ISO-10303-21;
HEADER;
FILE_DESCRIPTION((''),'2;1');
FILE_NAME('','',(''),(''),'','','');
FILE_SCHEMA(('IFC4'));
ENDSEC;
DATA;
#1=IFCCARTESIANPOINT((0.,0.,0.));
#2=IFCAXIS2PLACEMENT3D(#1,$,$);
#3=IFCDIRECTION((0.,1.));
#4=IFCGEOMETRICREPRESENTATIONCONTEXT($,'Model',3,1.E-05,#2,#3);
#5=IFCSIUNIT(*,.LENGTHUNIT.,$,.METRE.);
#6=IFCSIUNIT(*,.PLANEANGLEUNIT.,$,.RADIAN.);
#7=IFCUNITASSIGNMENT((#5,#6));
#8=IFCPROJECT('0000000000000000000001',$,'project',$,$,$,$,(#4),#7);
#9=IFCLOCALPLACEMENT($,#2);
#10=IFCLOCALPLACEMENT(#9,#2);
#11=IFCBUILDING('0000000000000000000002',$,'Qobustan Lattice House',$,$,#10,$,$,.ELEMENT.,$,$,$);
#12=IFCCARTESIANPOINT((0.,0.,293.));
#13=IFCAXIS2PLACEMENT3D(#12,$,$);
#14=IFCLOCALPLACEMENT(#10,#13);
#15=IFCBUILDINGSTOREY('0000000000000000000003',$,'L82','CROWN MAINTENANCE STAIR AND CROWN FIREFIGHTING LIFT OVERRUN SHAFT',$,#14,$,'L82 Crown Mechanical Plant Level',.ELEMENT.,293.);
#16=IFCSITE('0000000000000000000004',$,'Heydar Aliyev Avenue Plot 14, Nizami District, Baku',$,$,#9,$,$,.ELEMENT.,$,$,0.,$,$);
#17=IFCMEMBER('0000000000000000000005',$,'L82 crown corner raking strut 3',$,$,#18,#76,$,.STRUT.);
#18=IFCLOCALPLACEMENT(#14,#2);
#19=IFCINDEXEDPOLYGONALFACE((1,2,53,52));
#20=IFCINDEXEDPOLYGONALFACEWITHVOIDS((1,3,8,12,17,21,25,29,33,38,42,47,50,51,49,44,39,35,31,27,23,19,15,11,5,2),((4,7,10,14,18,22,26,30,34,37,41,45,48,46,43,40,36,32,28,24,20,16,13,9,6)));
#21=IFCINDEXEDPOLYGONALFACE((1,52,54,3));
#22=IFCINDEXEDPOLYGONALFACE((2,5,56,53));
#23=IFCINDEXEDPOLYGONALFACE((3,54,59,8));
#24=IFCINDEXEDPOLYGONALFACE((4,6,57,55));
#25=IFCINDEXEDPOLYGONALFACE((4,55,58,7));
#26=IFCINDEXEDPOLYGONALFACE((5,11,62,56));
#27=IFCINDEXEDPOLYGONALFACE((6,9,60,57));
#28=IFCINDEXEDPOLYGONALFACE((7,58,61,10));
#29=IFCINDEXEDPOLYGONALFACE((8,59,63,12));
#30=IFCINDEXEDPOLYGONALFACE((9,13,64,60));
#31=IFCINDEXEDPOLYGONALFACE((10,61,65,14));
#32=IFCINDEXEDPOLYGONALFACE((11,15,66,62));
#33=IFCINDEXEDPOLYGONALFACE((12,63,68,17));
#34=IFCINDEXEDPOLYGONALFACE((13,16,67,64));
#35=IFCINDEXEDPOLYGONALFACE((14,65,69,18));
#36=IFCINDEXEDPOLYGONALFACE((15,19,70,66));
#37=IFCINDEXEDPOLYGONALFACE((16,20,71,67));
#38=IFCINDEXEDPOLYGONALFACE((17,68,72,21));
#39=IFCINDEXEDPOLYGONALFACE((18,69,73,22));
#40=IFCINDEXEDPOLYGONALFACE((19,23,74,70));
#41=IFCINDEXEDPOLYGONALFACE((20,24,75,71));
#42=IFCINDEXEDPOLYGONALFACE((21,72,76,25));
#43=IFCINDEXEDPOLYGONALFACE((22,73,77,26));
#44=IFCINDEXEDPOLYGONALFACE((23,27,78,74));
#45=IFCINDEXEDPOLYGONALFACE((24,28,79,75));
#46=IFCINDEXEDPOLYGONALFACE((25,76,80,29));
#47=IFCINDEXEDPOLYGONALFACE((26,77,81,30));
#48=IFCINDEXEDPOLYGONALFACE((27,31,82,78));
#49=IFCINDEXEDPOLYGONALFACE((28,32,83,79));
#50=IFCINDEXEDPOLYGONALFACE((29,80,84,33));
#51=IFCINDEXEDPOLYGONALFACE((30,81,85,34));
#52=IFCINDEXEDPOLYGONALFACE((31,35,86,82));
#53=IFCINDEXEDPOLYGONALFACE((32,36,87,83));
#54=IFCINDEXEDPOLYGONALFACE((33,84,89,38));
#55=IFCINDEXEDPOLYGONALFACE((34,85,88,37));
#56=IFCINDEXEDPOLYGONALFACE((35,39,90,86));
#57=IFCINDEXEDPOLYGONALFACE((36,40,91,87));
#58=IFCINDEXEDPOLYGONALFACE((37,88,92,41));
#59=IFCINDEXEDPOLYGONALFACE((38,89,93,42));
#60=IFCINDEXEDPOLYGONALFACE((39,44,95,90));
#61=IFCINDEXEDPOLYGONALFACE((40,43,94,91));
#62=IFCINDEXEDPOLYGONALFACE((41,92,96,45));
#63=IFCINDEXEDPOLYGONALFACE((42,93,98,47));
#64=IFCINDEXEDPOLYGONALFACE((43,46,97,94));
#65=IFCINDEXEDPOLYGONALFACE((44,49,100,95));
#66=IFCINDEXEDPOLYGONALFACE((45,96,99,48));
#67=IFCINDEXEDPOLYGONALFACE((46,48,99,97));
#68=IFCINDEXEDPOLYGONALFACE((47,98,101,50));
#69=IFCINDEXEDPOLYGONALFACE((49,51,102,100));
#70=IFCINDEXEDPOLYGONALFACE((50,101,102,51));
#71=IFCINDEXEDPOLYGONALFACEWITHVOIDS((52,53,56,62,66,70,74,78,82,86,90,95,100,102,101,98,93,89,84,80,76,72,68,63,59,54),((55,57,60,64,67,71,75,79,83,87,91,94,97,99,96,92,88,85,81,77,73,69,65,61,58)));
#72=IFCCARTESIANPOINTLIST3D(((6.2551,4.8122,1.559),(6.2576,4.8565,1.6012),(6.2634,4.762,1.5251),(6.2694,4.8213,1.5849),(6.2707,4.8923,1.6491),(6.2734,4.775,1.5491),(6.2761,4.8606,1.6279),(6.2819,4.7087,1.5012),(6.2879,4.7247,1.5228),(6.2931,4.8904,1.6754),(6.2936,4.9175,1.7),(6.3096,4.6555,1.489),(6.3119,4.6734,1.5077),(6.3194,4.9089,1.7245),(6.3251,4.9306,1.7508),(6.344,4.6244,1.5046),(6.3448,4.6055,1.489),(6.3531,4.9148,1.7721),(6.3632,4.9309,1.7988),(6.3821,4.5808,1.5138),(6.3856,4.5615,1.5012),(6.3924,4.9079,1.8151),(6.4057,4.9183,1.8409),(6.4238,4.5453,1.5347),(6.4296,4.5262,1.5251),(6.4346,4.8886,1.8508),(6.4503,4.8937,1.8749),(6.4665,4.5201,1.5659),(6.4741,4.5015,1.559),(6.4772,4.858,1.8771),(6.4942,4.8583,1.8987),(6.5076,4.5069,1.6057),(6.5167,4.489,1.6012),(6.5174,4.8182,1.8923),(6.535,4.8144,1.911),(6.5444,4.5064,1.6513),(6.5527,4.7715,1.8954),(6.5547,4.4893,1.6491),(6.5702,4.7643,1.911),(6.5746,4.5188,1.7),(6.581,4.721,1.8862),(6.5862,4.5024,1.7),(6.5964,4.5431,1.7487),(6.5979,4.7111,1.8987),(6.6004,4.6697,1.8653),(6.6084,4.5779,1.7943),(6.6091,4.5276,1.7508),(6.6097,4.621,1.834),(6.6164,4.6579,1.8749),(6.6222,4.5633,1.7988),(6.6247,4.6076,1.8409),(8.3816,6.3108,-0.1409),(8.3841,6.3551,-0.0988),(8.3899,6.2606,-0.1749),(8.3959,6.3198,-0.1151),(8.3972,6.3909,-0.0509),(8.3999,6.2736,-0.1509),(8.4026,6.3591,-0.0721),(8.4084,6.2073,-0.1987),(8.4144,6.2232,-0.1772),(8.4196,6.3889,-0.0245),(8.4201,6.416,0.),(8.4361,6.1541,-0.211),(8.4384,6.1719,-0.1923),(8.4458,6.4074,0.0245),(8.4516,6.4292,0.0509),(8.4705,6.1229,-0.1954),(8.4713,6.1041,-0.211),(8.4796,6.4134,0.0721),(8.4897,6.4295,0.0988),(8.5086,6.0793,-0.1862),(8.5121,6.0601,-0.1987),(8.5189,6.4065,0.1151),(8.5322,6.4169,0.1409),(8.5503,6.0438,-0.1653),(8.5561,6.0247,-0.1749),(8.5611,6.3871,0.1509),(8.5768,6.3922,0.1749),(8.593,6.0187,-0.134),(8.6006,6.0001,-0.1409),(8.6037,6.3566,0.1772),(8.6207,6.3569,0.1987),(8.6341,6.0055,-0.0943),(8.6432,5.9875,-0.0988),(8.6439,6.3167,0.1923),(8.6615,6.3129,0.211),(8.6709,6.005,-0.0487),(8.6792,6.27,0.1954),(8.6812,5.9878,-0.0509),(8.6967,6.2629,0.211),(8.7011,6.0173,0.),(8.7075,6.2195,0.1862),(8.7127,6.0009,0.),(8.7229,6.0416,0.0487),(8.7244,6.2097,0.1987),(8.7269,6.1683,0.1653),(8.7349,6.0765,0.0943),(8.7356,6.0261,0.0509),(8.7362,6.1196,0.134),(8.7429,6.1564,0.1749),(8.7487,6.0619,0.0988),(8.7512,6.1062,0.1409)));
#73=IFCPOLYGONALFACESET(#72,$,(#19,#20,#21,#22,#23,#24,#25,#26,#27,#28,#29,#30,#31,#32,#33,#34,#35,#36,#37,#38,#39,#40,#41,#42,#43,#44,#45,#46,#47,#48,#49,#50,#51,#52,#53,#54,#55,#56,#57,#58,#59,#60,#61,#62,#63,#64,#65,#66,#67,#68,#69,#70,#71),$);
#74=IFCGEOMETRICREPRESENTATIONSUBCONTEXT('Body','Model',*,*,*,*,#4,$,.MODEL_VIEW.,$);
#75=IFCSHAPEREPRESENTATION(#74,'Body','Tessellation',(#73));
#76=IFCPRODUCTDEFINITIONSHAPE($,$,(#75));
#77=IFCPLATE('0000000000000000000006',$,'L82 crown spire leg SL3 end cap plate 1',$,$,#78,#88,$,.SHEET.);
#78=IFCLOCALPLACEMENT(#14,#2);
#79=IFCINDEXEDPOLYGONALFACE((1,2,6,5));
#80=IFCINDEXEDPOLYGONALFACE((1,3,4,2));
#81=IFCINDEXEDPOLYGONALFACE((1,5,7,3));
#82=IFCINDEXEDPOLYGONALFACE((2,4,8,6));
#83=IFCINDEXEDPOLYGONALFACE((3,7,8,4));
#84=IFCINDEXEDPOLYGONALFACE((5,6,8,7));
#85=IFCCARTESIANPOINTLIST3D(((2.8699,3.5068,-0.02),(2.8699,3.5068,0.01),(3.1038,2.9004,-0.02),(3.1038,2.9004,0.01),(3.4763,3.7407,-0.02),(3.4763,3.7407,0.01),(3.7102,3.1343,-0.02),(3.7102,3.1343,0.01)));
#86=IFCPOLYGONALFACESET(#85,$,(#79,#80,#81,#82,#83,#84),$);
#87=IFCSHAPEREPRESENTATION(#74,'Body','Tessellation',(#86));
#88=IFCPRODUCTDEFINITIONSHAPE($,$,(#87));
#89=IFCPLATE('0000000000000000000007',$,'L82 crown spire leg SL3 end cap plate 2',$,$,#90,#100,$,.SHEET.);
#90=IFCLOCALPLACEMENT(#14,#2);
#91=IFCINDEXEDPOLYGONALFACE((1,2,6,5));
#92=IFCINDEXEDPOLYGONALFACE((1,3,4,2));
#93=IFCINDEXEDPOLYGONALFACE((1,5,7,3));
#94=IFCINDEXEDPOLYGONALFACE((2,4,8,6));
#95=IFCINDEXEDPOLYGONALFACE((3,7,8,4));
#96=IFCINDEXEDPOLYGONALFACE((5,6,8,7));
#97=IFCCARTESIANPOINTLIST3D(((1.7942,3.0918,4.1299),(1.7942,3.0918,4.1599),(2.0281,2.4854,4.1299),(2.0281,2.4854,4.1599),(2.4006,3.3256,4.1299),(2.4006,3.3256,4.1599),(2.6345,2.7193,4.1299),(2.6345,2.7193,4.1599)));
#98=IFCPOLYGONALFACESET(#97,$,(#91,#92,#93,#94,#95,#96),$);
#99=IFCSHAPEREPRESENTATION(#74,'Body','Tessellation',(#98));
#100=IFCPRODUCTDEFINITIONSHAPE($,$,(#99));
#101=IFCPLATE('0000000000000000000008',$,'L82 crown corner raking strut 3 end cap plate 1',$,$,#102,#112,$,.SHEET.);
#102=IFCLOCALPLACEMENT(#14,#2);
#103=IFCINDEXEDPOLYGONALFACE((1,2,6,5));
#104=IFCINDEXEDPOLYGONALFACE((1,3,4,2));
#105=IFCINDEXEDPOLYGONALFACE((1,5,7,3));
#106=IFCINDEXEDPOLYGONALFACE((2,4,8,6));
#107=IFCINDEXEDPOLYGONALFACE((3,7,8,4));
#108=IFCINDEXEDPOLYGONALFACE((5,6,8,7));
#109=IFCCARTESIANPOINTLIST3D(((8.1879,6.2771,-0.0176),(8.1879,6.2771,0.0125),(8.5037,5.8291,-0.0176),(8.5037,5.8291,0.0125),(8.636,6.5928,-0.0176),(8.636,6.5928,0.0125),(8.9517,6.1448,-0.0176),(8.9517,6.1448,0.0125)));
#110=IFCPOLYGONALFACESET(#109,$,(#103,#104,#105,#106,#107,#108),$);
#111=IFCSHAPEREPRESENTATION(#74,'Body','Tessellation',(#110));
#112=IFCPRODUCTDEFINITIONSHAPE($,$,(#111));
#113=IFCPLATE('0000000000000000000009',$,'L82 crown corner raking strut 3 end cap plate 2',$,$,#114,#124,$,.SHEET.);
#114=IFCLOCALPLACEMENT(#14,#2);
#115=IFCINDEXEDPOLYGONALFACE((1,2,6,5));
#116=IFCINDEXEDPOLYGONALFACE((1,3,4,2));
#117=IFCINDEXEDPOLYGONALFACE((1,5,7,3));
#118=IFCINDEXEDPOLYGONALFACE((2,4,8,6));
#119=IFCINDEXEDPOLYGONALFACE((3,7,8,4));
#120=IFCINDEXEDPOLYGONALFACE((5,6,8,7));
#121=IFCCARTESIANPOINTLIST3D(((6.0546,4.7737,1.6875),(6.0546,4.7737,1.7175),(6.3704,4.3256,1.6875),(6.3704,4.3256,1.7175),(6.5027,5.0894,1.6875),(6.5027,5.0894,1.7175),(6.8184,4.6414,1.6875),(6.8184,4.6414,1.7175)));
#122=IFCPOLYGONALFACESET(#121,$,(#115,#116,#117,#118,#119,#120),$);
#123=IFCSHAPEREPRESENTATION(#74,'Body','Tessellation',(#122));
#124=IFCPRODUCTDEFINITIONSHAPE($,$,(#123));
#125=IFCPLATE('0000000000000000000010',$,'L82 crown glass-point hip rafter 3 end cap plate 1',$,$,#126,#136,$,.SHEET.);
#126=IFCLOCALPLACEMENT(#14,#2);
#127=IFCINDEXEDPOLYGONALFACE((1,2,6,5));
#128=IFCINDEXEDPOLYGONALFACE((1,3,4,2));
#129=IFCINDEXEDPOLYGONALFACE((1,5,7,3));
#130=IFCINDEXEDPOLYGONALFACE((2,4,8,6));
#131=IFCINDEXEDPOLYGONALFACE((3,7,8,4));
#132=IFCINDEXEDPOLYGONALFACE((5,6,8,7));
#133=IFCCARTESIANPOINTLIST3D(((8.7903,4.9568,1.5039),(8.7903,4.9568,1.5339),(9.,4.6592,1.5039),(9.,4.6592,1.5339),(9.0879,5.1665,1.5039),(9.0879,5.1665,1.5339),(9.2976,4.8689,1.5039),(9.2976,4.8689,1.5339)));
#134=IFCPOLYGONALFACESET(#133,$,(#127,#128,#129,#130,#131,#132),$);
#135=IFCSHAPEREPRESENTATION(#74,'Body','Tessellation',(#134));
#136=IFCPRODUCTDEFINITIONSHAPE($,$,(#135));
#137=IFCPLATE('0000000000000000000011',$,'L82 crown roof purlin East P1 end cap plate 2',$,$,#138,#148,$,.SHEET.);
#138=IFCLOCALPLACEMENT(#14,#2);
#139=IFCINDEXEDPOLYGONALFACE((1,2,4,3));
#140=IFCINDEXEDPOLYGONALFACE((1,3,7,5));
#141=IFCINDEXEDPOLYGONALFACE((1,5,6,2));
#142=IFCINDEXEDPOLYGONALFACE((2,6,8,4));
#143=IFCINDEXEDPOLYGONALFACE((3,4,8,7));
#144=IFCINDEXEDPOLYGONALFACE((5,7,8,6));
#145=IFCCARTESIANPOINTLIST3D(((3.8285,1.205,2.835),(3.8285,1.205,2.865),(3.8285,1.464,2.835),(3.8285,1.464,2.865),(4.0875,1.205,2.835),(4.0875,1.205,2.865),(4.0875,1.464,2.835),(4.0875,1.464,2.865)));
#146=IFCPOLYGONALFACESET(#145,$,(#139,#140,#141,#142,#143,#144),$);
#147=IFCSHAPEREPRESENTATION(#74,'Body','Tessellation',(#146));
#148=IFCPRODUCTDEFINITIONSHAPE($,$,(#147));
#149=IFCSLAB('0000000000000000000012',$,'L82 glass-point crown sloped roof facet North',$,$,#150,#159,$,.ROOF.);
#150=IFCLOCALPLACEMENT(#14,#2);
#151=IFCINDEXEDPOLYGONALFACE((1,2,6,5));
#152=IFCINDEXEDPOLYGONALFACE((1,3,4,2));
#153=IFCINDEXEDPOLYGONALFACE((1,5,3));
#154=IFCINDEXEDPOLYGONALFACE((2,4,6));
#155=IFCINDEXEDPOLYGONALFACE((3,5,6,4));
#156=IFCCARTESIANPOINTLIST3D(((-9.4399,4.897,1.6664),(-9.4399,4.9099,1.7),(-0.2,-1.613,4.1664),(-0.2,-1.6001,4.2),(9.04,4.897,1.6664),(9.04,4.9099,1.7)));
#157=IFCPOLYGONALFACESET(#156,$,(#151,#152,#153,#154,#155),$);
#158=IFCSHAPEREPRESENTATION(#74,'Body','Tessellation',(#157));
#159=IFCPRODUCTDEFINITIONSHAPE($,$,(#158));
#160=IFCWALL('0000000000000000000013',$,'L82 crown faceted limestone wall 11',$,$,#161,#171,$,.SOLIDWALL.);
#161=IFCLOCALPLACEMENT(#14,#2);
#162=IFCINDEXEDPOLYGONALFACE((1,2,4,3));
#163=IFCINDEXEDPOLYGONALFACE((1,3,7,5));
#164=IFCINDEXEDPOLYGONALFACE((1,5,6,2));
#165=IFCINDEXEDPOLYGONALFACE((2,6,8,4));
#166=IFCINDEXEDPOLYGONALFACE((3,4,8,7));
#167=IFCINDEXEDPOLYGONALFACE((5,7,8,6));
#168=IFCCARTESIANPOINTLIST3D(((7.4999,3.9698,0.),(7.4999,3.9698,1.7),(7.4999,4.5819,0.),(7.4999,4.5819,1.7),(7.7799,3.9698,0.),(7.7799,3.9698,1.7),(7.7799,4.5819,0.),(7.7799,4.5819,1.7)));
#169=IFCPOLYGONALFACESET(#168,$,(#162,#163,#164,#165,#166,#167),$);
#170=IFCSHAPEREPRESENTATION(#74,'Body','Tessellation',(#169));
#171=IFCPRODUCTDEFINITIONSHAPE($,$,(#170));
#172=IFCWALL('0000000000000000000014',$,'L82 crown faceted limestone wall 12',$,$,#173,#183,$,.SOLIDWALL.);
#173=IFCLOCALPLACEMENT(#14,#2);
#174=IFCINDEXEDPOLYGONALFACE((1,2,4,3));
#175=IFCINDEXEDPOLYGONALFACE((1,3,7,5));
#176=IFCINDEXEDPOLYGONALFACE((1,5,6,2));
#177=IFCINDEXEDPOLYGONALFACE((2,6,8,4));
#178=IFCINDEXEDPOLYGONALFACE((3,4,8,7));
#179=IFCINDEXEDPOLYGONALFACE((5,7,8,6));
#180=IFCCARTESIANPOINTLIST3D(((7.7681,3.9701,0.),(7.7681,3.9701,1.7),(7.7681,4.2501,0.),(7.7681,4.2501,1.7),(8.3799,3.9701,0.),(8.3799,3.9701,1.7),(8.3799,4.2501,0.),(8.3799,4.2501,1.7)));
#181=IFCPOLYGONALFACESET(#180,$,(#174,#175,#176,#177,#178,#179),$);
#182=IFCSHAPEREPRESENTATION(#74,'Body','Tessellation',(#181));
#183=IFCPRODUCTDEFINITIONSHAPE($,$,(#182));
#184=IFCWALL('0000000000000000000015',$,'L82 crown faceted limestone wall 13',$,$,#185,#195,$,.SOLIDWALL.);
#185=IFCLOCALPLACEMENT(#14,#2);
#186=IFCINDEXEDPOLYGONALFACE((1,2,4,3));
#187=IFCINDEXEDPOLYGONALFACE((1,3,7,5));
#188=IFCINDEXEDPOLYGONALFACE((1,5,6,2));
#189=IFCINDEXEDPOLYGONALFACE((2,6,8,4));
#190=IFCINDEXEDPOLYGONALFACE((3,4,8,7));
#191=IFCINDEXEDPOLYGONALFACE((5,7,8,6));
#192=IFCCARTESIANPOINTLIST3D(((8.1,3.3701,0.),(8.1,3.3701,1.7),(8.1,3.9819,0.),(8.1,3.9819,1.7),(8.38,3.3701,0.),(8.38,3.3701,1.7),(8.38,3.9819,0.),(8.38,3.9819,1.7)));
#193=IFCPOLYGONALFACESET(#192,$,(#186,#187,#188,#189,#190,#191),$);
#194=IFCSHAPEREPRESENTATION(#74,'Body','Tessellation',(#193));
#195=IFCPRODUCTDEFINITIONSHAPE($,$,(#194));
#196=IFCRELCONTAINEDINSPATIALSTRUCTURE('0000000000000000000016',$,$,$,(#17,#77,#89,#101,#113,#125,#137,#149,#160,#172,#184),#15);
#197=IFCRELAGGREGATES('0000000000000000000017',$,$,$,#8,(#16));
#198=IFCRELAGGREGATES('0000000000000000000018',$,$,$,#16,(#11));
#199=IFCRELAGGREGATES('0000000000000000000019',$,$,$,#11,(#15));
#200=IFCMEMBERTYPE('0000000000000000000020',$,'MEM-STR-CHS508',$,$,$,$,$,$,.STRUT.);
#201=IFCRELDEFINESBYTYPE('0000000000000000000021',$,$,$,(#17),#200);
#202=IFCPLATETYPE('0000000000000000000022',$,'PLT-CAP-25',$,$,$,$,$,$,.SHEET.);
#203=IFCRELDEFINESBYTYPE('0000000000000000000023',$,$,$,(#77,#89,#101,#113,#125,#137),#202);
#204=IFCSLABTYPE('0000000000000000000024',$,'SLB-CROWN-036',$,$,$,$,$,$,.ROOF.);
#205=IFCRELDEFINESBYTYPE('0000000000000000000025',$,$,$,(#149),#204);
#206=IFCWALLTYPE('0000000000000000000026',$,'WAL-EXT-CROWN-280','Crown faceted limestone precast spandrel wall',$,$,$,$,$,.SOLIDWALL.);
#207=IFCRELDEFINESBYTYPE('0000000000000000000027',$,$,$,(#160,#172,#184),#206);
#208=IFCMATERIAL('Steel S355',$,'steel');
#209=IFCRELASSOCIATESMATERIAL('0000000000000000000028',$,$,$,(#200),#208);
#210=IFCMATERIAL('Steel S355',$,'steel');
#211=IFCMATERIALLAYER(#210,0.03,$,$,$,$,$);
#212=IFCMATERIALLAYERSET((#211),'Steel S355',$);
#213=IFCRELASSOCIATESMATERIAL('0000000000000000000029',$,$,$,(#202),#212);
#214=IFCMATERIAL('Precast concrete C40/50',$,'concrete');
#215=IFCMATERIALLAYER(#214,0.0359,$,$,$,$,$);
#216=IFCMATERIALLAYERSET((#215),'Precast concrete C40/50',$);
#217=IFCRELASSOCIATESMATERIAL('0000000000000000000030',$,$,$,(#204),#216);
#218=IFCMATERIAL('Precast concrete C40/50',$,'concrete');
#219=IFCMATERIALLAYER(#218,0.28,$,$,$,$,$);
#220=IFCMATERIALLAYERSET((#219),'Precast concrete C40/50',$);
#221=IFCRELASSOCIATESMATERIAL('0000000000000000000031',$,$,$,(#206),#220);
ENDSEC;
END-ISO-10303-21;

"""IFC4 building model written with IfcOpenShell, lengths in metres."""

from ifc_helpers import new_model, si_unit, direction, frame, frame_2d, origin, origin_2d, place, context, subcontext, project, spatial, polyline, rectangle, hollow_circle, outline, extrude, material, layer, layer_set, material_profile, profile_set, type_object, element, save


model = new_model("IFC4")

# Units and contexts
model_context = context("Model", 3, precision=1e-05, world=origin(), true_north=direction((0.0, 1.0)))
body_context = subcontext(model_context, "Body", "Model", "MODEL_VIEW")
ifc_project = project(units=[si_unit("LENGTHUNIT", "METRE"), si_unit("PLANEANGLEUNIT", "RADIAN")], contexts=[model_context])

# Site, building, storey
site_placement = place(None, origin())
site = spatial("IfcSite", under=ifc_project, at=site_placement, Name="Heydar Aliyev Avenue Plot 14, Nizami District, Baku", CompositionType="ELEMENT", RefElevation=0.0)
building_placement = place(site_placement, origin())
building = spatial("IfcBuilding", under=site, at=building_placement, Name="Qobustan Lattice House", CompositionType="ELEMENT")
storey_placement = place(building_placement, frame((0.0, 0.0, 293.0)))
storey = spatial("IfcBuildingStorey", under=building, at=storey_placement, Name="L82", Description="CROWN MAINTENANCE STAIR AND CROWN FIREFIGHTING LIFT OVERRUN SHAFT", LongName="L82 Crown Mechanical Plant Level", CompositionType="ELEMENT", Elevation=293.0)

# Member
ifc_material_1 = material(Name="Steel S355", Category="steel")
ifc_material_profile_1 = material_profile(ifc_material_1, hollow_circle(Radius=0.2539, WallThickness=0.02, at=origin_2d()), Name="CHS508x20")
ifc_profile_set_1 = profile_set([ifc_material_profile_1], Name="Steel S355")
member_type_1 = type_object("IfcMemberType", Name="MEM-STR-CHS508", PredefinedType="STRUT", material=ifc_profile_set_1)
member_1_placement = place(storey_placement, frame((8.5664, 6.2085, 0.0), z_axis=(-0.684275, -0.482213, 0.547027), x_axis=(0.576042, -0.81742, 0.0)))
element("IfcMember", 1, at=member_1_placement, inside=storey, type_object=member_type_1, Name="L82 crown corner raking strut 3", PredefinedType="STRUT", context=body_context, shape_type="SweptSolid", body=[
    extrude(hollow_circle(Radius=0.2539, WallThickness=0.02, at=origin_2d()), origin(), (0.0, 0.0, 1.0), 3.1077),
])

# Plates
ifc_material_2 = material(Name="Steel S355", Category="steel")
ifc_layer_1 = layer(ifc_material_2, 0.03)
ifc_layer_set_1 = layer_set([ifc_layer_1], Name="Steel S355")
plate_type = type_object("IfcPlateType", Name="PLT-CAP-25", PredefinedType="SHEET", material=ifc_layer_set_1)
for number, where, z_axis, x_axis, name in (
    (2, (3.29, 3.3206, -0.02), (0.0, 0.0, 1.0), (-0.932998, -0.359883, 0.0), "L82 crown spire leg SL3 end cap plate 1"),
    (3, (2.2144, 2.9055, 4.1299), (0.0, 0.0, 1.0), (-0.932998, -0.359883, 0.0), "L82 crown spire leg SL3 end cap plate 2"),
):
    element("IfcPlate", number, at=place(storey_placement, frame(where, z_axis=z_axis, x_axis=x_axis)), inside=storey, type_object=plate_type, Name=name, PredefinedType="SHEET", context=body_context, shape_type="SweptSolid", body=[
        extrude(rectangle(XDim=0.6499, YDim=0.6499, at=origin_2d()), origin(), (0.0, 0.0, 1.0), 0.03),
    ])
for number, where, z_axis, x_axis, name in (
    (4, (8.5698, 6.2109, -0.0176), (0.0, 0.0, 1.0), (-0.817426, -0.576033, 0.0), "L82 crown corner raking strut 3 end cap plate 1"),
    (5, (6.4365, 4.7075, 1.6875), (0.0, 0.0, 1.0), (-0.817426, -0.576033, 0.0), "L82 crown corner raking strut 3 end cap plate 2"),
):
    element("IfcPlate", number, at=place(storey_placement, frame(where, z_axis=z_axis, x_axis=x_axis)), inside=storey, type_object=plate_type, Name=name, PredefinedType="SHEET", context=body_context, shape_type="SweptSolid", body=[
        extrude(rectangle(XDim=0.5481, YDim=0.5481, at=origin_2d()), origin(), (0.0, 0.0, 1.0), 0.03),
    ])
plate_1_placement = place(storey_placement, frame((9.0439, 4.9128, 1.5039), z_axis=(0.0, 0.0, 1.0), x_axis=(-0.817487, -0.575947, 0.0)))
element("IfcPlate", 6, at=plate_1_placement, inside=storey, type_object=plate_type, Name="L82 crown glass-point hip rafter 3 end cap plate 1", PredefinedType="SHEET", context=body_context, shape_type="SweptSolid", body=[
    extrude(rectangle(XDim=0.364, YDim=0.364, at=origin_2d()), origin(), (0.0, 0.0, 1.0), 0.03),
])
plate_2_placement = place(storey_placement, frame((3.958, 1.3345, 2.835), z_axis=(0.0, 0.0, 1.0), x_axis=(0.0, 1.0, 0.0)))
element("IfcPlate", 7, at=plate_2_placement, inside=storey, type_object=plate_type, Name="L82 crown roof purlin East P1 end cap plate 2", PredefinedType="SHEET", context=body_context, shape_type="SweptSolid", body=[
    extrude(rectangle(XDim=0.259, YDim=0.259, at=origin_2d()), origin(), (0.0, 0.0, 1.0), 0.03),
])

# Slab
ifc_material_3 = material(Name="Precast concrete C40/50", Category="concrete")
ifc_layer_2 = layer(ifc_material_3, 0.0359)
ifc_layer_set_2 = layer_set([ifc_layer_2], Name="Precast concrete C40/50")
slab_type = type_object("IfcSlabType", Name="SLB-CROWN-036", PredefinedType="ROOF", material=ifc_layer_set_2)
slab_placement = place(storey_placement, frame((9.04, 4.9099, 1.7), z_axis=(0.0, 0.358498, 0.93353), x_axis=(-1.0, 0.0, 0.0)))
element("IfcSlab", 8, at=slab_placement, inside=storey, type_object=slab_type, Name="L82 glass-point crown sloped roof facet North", PredefinedType="ROOF", context=body_context, shape_type="SweptSolid", body=[
    extrude(outline(polyline([(0.0, 0.0), (18.48, 0.0), (9.24, 6.9735), (0.0, 0.0)])), origin(), (0.0, 0.0, -1.0), 0.0359),
])

# Walls
ifc_material_4 = material(Name="Precast concrete C40/50", Category="concrete")
ifc_layer_3 = layer(ifc_material_4, 0.28)
ifc_layer_set_3 = layer_set([ifc_layer_3], Name="Precast concrete C40/50")
wall_type_1 = type_object("IfcWallType", Name="WAL-EXT-CROWN-280", Description="Crown faceted limestone precast spandrel wall", PredefinedType="SOLIDWALL", material=ifc_layer_set_3)
wall_1_placement = place(storey_placement, frame((7.6399, 4.582, 0.0), z_axis=(0.0, 0.0, 1.0), x_axis=(0.0, -1.0, 0.0)))
element("IfcWall", 9, at=wall_1_placement, inside=storey, type_object=wall_type_1, Name="L82 crown faceted limestone wall 11", PredefinedType="SOLIDWALL", context=body_context, shape_type="SweptSolid", body=[
    extrude(rectangle(XDim=0.6121, YDim=0.28, at=frame_2d((0.3062, 0.0))), origin(), (0.0, 0.0, 1.0), 1.7),
])
for number, where, z_axis, x_axis, name in (
    (10, (7.7681, 4.1101, 0.0), (0.0, 0.0, 1.0), (1.0, 0.0, 0.0), "L82 crown faceted limestone wall 12"),
    (11, (8.24, 3.9819, 0.0), (0.0, 0.0, 1.0), (0.0, -1.0, 0.0), "L82 crown faceted limestone wall 13"),
):
    element("IfcWall", number, at=place(storey_placement, frame(where, z_axis=z_axis, x_axis=x_axis)), inside=storey, type_object=wall_type_1, Name=name, PredefinedType="SOLIDWALL", context=body_context, shape_type="SweptSolid", body=[
        extrude(rectangle(XDim=0.6118, YDim=0.28, at=frame_2d((0.3059, 0.0))), origin(), (0.0, 0.0, 1.0), 1.7),
    ])

save(model, "model.ifc")
